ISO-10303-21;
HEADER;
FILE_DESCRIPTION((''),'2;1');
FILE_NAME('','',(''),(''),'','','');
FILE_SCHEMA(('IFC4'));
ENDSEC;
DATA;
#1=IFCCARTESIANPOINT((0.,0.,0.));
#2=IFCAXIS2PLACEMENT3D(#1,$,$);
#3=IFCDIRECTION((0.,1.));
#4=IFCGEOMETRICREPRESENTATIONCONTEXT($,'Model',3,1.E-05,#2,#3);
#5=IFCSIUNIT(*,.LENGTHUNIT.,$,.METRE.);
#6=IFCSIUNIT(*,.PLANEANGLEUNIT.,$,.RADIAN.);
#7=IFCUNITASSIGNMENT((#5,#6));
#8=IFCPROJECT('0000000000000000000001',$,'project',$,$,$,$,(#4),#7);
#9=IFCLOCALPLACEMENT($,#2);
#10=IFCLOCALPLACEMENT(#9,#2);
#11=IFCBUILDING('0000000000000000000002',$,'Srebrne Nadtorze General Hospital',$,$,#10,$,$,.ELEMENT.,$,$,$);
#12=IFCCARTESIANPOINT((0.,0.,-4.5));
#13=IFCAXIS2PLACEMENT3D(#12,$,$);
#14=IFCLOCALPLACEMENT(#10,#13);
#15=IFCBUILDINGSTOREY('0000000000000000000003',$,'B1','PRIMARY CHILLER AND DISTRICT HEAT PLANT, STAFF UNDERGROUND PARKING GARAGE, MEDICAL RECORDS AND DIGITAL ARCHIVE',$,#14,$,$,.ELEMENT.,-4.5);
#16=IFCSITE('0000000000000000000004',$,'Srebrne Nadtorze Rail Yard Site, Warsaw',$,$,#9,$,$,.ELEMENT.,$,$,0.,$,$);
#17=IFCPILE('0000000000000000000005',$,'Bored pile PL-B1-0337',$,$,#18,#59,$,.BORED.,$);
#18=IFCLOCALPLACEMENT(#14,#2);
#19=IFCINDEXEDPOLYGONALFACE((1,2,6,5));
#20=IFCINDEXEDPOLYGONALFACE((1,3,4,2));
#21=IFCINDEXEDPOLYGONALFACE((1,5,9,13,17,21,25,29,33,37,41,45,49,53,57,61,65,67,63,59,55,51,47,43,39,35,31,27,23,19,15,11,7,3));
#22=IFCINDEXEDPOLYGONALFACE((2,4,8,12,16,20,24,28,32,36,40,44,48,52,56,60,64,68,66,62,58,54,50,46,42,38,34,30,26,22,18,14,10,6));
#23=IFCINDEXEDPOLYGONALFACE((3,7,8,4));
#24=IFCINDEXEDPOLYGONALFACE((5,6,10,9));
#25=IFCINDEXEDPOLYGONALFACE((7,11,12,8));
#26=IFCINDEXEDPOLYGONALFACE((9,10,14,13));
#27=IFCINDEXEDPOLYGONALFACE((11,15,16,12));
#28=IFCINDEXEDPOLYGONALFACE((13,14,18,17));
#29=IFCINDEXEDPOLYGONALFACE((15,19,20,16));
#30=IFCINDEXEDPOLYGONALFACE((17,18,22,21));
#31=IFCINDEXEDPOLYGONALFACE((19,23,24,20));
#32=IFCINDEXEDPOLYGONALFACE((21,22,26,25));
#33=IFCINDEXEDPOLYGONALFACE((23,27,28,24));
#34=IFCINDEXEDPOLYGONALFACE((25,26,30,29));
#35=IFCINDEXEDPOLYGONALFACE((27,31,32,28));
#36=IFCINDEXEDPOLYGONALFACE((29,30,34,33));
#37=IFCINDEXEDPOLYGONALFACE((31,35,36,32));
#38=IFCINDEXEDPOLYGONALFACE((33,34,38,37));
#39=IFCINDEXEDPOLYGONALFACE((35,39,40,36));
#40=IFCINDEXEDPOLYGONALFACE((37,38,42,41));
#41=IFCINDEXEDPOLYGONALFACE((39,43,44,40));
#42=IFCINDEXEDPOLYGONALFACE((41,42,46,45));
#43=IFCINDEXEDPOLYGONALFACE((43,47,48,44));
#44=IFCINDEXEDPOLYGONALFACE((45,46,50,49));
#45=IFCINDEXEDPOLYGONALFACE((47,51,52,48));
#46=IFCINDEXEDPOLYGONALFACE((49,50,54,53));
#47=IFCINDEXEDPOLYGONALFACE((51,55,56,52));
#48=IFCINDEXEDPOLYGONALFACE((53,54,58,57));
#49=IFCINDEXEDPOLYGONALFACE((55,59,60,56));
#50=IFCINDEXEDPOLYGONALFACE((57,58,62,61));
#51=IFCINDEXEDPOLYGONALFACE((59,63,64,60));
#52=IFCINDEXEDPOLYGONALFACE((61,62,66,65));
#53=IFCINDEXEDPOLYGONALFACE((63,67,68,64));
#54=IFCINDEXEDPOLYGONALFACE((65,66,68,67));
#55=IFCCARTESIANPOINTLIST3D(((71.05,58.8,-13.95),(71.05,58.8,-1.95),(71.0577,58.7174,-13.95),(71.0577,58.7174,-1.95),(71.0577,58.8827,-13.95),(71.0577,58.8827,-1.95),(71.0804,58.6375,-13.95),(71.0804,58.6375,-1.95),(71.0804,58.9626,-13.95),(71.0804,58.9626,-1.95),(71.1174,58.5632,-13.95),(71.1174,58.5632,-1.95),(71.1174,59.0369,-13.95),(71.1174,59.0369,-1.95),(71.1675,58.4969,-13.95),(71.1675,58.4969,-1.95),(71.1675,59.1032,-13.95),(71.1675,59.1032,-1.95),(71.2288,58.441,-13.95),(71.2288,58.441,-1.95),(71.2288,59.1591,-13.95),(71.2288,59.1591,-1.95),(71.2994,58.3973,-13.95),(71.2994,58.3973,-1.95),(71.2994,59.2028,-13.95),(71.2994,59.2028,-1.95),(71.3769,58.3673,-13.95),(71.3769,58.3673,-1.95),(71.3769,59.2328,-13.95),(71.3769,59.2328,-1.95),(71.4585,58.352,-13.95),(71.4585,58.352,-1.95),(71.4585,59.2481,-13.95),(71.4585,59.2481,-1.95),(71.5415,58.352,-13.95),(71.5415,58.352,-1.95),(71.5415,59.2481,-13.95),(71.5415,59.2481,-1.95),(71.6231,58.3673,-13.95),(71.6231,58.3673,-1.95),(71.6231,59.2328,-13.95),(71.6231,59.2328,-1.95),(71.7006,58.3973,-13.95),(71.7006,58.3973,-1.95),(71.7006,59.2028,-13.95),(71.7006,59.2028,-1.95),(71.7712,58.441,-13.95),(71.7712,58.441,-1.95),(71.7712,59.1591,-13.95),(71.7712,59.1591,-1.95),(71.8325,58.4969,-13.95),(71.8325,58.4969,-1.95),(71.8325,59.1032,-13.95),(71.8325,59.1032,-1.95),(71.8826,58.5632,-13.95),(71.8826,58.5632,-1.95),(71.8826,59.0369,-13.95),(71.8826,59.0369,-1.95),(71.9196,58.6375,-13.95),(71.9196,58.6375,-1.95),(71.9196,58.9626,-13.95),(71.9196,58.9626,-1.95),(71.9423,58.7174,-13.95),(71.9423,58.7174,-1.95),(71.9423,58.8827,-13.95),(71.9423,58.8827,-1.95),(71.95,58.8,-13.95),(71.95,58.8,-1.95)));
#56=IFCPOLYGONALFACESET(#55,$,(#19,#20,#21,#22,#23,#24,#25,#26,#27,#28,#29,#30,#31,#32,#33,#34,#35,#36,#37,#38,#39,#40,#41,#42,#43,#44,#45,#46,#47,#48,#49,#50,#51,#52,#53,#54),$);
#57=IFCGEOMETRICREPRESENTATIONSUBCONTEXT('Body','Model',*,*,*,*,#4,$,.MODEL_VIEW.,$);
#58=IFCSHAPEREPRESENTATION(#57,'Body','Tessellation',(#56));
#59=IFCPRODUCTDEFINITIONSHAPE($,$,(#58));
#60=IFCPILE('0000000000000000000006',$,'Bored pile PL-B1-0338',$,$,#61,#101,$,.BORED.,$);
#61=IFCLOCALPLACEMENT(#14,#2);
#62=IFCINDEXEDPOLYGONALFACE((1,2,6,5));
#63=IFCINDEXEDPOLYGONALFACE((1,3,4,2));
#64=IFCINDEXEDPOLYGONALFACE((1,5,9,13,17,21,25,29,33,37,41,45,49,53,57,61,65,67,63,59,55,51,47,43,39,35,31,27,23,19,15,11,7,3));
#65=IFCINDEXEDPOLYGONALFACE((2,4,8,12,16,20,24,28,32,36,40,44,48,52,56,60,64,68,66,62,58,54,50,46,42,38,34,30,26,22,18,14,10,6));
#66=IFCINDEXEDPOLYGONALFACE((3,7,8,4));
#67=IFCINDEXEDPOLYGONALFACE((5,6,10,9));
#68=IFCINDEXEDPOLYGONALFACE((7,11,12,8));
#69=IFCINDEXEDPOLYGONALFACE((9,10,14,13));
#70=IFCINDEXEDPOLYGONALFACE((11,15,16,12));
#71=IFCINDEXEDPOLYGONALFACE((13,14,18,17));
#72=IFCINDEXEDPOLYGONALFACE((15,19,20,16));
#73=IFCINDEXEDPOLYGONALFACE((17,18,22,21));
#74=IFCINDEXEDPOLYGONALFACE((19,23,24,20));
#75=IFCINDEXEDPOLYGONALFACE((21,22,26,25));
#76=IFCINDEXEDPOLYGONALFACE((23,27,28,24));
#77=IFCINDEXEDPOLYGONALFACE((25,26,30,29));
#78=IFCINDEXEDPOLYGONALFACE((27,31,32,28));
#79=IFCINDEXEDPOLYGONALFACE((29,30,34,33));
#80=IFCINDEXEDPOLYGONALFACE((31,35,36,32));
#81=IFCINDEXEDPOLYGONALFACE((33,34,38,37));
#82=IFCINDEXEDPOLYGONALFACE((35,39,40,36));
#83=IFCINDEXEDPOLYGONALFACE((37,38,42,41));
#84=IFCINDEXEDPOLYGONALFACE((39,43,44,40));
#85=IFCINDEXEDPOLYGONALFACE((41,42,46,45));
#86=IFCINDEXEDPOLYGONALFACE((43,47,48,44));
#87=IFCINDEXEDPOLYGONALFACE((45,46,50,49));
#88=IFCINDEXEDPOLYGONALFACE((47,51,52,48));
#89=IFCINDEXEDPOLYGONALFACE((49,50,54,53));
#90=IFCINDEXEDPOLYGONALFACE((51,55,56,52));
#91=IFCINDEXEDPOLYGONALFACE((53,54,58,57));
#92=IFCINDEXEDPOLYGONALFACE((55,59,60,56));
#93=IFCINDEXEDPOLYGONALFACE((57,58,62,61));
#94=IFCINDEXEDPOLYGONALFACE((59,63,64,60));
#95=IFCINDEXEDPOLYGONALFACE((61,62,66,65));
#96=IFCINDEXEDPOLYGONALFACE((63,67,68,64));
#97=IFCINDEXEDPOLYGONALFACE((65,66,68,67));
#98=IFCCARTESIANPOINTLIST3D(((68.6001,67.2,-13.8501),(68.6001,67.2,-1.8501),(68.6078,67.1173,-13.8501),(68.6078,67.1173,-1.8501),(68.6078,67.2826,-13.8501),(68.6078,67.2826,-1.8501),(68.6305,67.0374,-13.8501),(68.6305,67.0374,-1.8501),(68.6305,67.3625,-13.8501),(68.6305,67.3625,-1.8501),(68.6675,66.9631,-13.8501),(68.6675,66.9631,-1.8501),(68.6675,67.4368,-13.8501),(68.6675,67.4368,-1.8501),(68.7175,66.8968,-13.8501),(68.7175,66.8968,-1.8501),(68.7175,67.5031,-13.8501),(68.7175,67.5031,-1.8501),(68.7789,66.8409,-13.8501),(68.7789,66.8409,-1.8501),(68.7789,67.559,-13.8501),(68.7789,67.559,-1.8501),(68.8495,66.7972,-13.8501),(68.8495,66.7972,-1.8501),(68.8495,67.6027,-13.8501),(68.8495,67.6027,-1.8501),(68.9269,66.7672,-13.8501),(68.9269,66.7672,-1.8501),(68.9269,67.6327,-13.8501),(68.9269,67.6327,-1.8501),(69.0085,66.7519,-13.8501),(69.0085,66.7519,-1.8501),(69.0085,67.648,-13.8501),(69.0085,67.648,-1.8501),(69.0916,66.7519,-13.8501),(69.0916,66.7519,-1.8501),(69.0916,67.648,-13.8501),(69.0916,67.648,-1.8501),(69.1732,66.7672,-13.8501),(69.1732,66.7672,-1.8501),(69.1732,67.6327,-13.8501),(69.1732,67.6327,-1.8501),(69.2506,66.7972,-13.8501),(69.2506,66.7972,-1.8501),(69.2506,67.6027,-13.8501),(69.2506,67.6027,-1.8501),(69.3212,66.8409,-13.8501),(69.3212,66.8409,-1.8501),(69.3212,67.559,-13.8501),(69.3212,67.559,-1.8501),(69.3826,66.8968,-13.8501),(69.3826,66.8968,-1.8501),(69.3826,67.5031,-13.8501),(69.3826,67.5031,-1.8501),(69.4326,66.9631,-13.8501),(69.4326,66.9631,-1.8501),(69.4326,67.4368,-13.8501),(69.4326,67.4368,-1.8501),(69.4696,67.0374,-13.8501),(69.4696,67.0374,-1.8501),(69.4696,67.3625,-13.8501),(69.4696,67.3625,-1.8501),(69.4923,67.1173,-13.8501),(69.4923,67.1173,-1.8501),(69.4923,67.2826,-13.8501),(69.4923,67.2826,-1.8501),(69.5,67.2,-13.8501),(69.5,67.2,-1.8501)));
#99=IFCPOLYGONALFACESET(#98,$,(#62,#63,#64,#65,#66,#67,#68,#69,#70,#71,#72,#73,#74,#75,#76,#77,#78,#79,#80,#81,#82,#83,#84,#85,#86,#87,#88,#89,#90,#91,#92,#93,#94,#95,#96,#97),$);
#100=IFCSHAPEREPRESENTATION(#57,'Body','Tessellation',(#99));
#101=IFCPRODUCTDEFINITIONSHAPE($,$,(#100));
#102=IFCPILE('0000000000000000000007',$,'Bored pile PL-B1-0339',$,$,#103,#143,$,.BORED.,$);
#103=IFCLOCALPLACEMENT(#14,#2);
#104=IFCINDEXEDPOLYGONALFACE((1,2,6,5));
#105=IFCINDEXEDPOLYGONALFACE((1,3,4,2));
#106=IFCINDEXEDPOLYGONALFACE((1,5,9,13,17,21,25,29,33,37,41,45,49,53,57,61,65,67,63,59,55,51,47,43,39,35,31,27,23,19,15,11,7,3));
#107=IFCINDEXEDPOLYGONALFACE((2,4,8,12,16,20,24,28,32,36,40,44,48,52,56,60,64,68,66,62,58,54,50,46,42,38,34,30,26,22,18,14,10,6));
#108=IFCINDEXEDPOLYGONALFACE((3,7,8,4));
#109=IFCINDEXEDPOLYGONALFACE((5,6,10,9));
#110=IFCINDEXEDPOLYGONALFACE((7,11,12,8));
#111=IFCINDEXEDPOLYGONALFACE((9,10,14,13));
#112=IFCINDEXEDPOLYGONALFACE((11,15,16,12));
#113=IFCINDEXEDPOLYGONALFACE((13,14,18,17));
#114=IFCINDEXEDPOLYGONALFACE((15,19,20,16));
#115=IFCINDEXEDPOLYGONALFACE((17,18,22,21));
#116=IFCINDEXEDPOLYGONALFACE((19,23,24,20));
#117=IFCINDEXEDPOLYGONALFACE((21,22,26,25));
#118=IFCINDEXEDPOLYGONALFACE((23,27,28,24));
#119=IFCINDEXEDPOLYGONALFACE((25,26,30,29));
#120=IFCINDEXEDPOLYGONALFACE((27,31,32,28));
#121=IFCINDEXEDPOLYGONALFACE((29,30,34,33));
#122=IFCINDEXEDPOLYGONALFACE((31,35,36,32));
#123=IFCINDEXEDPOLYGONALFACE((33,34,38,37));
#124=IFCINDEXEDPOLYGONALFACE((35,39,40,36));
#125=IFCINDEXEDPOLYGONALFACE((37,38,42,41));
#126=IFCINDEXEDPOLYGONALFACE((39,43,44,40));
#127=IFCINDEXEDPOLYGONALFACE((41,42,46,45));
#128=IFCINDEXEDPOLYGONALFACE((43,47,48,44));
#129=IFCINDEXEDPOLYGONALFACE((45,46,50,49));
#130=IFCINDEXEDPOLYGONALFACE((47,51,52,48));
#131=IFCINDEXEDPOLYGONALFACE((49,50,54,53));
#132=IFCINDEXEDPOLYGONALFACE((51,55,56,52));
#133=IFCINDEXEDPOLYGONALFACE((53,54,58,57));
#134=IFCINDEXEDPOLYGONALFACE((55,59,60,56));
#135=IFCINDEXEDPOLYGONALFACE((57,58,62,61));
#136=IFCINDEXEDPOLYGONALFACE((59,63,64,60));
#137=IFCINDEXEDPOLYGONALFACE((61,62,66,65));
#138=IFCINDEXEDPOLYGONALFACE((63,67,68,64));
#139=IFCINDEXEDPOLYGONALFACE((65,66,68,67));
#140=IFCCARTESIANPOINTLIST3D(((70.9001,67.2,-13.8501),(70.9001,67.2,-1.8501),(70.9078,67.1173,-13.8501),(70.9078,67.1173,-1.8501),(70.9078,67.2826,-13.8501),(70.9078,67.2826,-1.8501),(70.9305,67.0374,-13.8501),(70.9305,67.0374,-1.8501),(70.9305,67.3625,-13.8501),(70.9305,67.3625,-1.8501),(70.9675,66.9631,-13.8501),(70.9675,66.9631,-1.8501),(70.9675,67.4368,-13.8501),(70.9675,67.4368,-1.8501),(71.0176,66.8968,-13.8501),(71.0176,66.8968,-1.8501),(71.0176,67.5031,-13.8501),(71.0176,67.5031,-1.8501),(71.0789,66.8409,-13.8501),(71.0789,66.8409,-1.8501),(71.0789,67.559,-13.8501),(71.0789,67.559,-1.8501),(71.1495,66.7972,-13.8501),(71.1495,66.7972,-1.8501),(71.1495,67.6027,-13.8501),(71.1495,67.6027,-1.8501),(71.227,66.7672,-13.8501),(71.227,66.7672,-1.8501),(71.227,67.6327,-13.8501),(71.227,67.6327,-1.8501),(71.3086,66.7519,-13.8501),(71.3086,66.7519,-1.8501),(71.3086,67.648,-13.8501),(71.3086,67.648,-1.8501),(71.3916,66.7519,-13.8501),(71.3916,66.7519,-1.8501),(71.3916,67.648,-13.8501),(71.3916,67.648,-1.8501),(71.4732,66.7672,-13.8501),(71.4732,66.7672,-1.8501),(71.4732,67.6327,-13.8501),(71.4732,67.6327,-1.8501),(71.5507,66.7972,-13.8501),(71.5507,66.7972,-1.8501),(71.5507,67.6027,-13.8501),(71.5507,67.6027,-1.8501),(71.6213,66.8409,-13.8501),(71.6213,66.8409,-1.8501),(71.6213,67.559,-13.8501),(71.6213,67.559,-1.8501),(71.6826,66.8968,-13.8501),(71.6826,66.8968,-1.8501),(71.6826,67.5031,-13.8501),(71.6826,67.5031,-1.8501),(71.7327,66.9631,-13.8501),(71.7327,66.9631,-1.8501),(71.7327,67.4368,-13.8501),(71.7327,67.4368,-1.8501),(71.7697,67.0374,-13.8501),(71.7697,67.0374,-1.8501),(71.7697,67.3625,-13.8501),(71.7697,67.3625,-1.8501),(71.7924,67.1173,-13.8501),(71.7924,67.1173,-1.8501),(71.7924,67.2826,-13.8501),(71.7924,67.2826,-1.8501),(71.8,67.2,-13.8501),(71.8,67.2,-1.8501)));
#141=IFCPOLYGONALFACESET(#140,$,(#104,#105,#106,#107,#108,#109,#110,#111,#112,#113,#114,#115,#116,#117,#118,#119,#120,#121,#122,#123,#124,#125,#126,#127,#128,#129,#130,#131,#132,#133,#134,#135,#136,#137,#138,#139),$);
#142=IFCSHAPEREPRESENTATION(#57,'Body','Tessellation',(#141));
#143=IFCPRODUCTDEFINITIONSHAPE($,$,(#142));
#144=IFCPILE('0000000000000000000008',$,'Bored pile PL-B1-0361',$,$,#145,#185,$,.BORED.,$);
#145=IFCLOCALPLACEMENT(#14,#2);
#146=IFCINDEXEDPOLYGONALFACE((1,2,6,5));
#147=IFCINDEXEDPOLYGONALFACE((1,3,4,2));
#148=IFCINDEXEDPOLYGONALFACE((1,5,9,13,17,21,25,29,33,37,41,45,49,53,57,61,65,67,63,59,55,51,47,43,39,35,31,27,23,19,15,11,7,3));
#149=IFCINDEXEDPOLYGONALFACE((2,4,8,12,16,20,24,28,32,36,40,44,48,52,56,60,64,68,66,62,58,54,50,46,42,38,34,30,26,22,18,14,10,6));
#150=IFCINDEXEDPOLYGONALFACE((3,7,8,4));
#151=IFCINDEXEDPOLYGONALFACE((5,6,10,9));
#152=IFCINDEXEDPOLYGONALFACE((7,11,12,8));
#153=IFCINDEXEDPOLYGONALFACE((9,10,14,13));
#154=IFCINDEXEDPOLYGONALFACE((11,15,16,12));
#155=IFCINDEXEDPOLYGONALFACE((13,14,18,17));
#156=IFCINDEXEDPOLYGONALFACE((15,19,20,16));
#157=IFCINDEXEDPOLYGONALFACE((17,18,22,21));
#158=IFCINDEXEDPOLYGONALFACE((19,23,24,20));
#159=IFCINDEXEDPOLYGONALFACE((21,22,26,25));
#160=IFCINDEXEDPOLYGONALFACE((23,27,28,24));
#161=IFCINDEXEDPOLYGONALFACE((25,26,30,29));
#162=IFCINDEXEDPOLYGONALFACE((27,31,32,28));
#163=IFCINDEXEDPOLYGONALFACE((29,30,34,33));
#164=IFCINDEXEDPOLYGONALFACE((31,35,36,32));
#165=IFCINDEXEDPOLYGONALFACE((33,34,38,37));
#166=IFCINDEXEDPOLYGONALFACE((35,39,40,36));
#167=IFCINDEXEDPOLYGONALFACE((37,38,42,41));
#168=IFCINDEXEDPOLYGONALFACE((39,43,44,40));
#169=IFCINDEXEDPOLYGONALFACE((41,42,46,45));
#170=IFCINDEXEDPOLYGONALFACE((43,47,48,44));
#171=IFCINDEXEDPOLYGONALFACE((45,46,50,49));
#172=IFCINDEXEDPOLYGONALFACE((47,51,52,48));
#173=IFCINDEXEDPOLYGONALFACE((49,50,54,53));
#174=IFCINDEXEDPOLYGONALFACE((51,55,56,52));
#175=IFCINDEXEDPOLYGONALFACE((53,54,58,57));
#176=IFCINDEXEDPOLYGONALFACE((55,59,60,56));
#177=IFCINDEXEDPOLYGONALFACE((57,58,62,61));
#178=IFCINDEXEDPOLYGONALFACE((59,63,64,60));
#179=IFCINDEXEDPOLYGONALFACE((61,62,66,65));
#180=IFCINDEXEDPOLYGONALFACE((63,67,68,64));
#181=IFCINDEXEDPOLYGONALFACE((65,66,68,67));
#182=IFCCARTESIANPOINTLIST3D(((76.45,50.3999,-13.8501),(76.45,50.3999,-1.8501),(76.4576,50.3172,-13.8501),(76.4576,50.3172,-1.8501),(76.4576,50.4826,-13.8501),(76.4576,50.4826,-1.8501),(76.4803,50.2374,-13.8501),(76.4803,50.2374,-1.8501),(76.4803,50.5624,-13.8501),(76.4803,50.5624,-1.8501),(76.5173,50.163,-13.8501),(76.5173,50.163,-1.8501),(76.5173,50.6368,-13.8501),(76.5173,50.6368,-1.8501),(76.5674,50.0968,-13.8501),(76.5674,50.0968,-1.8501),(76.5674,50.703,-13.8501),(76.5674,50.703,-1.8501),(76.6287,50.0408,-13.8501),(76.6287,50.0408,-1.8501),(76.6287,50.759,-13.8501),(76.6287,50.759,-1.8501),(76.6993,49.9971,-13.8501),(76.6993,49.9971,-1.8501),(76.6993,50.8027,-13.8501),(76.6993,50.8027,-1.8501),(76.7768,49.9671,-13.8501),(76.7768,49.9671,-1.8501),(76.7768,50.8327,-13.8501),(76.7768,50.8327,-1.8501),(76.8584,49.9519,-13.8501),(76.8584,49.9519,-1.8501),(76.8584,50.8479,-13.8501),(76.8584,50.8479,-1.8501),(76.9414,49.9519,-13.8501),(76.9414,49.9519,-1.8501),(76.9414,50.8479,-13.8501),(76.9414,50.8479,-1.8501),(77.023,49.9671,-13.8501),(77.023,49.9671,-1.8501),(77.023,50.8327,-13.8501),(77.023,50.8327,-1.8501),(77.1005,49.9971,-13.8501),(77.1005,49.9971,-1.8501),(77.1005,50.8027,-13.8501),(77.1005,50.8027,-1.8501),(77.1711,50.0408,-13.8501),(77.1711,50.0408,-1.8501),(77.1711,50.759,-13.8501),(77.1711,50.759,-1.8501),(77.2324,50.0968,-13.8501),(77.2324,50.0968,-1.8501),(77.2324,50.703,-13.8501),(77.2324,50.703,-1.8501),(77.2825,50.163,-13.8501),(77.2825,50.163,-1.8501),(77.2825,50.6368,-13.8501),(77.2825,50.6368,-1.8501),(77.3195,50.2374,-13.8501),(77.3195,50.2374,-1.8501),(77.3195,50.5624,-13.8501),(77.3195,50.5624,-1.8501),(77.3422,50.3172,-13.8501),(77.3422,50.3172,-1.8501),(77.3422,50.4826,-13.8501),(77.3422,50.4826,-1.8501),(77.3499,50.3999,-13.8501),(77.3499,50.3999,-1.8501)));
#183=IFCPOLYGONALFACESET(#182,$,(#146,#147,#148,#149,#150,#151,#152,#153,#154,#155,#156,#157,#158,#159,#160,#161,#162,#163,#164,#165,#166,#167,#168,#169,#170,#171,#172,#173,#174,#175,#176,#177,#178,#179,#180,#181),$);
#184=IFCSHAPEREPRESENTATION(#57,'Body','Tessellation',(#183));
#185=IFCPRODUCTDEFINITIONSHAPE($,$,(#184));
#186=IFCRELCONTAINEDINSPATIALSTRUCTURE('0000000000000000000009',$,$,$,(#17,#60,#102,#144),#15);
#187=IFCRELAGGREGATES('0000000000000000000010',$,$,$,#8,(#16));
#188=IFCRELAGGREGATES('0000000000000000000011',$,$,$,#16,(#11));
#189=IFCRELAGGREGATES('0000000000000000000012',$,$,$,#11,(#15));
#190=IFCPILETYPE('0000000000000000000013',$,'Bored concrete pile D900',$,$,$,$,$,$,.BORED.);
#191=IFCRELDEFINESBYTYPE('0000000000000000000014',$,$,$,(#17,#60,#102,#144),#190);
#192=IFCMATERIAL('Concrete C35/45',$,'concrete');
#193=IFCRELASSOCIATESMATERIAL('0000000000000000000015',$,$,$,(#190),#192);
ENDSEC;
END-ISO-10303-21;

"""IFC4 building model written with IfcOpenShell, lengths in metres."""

from ifc_helpers import new_model, si_unit, direction, frame, origin, origin_2d, place, context, subcontext, project, spatial, circle, extrude, material, material_profile, profile_set, type_object, element, save


model = new_model("IFC4")

# Units and contexts
model_context = context("Model", 3, precision=1e-05, world=origin(), true_north=direction((0.0, 1.0)))
body_context = subcontext(model_context, "Body", "Model", "MODEL_VIEW")
ifc_project = project(units=[si_unit("LENGTHUNIT", "METRE"), si_unit("PLANEANGLEUNIT", "RADIAN")], contexts=[model_context])

# Site, building, storey
site_placement = place(None, origin())
site = spatial("IfcSite", under=ifc_project, at=site_placement, Name="Srebrne Nadtorze Rail Yard Site, Warsaw", CompositionType="ELEMENT", RefElevation=0.0)
building_placement = place(site_placement, origin())
building = spatial("IfcBuilding", under=site, at=building_placement, Name="Srebrne Nadtorze General Hospital", CompositionType="ELEMENT")
storey_placement = place(building_placement, frame((0.0, 0.0, -4.5)))
storey = spatial("IfcBuildingStorey", under=building, at=storey_placement, Name="B1", Description="PRIMARY CHILLER AND DISTRICT HEAT PLANT, STAFF UNDERGROUND PARKING GARAGE, MEDICAL RECORDS AND DIGITAL ARCHIVE", CompositionType="ELEMENT", Elevation=-4.5)

# Piles
ifc_material_1 = material(Name="Concrete C35/45", Category="concrete")
ifc_material_profile_1 = material_profile(ifc_material_1, circle(Radius=0.45, at=origin_2d()), Name="PILE-D900")
ifc_profile_set_1 = profile_set([ifc_material_profile_1], Name="Concrete C35/45")
pile_type = type_object("IfcPileType", Name="Bored concrete pile D900", PredefinedType="BORED", material=ifc_profile_set_1)
for number, where, z_axis, x_axis, name in (
    (1, (71.5, 58.8, -1.95), (0.0, 0.0, -1.0), (1.0, 0.0, 0.0), "Bored pile PL-B1-0337"),
    (2, (69.05, 67.2, -1.8501), (0.0, 0.0, -1.0), (1.0, 0.0, 0.0), "Bored pile PL-B1-0338"),
    (3, (71.3501, 67.2, -1.8501), (0.0, 0.0, -1.0), (1.0, 0.0, 0.0), "Bored pile PL-B1-0339"),
    (4, (76.8999, 50.3999, -1.8501), (0.0, 0.0, -1.0), (1.0, 0.0, 0.0), "Bored pile PL-B1-0361"),
):
    element("IfcPile", number, at=place(storey_placement, frame(where, z_axis=z_axis, x_axis=x_axis)), inside=storey, type_object=pile_type, Name=name, PredefinedType="BORED", context=body_context, shape_type="SweptSolid", body=[
        extrude(circle(Radius=0.45, at=origin_2d()), origin(), (0.0, 0.0, 1.0), 12.0),
    ])

save(model, "model.ifc")
